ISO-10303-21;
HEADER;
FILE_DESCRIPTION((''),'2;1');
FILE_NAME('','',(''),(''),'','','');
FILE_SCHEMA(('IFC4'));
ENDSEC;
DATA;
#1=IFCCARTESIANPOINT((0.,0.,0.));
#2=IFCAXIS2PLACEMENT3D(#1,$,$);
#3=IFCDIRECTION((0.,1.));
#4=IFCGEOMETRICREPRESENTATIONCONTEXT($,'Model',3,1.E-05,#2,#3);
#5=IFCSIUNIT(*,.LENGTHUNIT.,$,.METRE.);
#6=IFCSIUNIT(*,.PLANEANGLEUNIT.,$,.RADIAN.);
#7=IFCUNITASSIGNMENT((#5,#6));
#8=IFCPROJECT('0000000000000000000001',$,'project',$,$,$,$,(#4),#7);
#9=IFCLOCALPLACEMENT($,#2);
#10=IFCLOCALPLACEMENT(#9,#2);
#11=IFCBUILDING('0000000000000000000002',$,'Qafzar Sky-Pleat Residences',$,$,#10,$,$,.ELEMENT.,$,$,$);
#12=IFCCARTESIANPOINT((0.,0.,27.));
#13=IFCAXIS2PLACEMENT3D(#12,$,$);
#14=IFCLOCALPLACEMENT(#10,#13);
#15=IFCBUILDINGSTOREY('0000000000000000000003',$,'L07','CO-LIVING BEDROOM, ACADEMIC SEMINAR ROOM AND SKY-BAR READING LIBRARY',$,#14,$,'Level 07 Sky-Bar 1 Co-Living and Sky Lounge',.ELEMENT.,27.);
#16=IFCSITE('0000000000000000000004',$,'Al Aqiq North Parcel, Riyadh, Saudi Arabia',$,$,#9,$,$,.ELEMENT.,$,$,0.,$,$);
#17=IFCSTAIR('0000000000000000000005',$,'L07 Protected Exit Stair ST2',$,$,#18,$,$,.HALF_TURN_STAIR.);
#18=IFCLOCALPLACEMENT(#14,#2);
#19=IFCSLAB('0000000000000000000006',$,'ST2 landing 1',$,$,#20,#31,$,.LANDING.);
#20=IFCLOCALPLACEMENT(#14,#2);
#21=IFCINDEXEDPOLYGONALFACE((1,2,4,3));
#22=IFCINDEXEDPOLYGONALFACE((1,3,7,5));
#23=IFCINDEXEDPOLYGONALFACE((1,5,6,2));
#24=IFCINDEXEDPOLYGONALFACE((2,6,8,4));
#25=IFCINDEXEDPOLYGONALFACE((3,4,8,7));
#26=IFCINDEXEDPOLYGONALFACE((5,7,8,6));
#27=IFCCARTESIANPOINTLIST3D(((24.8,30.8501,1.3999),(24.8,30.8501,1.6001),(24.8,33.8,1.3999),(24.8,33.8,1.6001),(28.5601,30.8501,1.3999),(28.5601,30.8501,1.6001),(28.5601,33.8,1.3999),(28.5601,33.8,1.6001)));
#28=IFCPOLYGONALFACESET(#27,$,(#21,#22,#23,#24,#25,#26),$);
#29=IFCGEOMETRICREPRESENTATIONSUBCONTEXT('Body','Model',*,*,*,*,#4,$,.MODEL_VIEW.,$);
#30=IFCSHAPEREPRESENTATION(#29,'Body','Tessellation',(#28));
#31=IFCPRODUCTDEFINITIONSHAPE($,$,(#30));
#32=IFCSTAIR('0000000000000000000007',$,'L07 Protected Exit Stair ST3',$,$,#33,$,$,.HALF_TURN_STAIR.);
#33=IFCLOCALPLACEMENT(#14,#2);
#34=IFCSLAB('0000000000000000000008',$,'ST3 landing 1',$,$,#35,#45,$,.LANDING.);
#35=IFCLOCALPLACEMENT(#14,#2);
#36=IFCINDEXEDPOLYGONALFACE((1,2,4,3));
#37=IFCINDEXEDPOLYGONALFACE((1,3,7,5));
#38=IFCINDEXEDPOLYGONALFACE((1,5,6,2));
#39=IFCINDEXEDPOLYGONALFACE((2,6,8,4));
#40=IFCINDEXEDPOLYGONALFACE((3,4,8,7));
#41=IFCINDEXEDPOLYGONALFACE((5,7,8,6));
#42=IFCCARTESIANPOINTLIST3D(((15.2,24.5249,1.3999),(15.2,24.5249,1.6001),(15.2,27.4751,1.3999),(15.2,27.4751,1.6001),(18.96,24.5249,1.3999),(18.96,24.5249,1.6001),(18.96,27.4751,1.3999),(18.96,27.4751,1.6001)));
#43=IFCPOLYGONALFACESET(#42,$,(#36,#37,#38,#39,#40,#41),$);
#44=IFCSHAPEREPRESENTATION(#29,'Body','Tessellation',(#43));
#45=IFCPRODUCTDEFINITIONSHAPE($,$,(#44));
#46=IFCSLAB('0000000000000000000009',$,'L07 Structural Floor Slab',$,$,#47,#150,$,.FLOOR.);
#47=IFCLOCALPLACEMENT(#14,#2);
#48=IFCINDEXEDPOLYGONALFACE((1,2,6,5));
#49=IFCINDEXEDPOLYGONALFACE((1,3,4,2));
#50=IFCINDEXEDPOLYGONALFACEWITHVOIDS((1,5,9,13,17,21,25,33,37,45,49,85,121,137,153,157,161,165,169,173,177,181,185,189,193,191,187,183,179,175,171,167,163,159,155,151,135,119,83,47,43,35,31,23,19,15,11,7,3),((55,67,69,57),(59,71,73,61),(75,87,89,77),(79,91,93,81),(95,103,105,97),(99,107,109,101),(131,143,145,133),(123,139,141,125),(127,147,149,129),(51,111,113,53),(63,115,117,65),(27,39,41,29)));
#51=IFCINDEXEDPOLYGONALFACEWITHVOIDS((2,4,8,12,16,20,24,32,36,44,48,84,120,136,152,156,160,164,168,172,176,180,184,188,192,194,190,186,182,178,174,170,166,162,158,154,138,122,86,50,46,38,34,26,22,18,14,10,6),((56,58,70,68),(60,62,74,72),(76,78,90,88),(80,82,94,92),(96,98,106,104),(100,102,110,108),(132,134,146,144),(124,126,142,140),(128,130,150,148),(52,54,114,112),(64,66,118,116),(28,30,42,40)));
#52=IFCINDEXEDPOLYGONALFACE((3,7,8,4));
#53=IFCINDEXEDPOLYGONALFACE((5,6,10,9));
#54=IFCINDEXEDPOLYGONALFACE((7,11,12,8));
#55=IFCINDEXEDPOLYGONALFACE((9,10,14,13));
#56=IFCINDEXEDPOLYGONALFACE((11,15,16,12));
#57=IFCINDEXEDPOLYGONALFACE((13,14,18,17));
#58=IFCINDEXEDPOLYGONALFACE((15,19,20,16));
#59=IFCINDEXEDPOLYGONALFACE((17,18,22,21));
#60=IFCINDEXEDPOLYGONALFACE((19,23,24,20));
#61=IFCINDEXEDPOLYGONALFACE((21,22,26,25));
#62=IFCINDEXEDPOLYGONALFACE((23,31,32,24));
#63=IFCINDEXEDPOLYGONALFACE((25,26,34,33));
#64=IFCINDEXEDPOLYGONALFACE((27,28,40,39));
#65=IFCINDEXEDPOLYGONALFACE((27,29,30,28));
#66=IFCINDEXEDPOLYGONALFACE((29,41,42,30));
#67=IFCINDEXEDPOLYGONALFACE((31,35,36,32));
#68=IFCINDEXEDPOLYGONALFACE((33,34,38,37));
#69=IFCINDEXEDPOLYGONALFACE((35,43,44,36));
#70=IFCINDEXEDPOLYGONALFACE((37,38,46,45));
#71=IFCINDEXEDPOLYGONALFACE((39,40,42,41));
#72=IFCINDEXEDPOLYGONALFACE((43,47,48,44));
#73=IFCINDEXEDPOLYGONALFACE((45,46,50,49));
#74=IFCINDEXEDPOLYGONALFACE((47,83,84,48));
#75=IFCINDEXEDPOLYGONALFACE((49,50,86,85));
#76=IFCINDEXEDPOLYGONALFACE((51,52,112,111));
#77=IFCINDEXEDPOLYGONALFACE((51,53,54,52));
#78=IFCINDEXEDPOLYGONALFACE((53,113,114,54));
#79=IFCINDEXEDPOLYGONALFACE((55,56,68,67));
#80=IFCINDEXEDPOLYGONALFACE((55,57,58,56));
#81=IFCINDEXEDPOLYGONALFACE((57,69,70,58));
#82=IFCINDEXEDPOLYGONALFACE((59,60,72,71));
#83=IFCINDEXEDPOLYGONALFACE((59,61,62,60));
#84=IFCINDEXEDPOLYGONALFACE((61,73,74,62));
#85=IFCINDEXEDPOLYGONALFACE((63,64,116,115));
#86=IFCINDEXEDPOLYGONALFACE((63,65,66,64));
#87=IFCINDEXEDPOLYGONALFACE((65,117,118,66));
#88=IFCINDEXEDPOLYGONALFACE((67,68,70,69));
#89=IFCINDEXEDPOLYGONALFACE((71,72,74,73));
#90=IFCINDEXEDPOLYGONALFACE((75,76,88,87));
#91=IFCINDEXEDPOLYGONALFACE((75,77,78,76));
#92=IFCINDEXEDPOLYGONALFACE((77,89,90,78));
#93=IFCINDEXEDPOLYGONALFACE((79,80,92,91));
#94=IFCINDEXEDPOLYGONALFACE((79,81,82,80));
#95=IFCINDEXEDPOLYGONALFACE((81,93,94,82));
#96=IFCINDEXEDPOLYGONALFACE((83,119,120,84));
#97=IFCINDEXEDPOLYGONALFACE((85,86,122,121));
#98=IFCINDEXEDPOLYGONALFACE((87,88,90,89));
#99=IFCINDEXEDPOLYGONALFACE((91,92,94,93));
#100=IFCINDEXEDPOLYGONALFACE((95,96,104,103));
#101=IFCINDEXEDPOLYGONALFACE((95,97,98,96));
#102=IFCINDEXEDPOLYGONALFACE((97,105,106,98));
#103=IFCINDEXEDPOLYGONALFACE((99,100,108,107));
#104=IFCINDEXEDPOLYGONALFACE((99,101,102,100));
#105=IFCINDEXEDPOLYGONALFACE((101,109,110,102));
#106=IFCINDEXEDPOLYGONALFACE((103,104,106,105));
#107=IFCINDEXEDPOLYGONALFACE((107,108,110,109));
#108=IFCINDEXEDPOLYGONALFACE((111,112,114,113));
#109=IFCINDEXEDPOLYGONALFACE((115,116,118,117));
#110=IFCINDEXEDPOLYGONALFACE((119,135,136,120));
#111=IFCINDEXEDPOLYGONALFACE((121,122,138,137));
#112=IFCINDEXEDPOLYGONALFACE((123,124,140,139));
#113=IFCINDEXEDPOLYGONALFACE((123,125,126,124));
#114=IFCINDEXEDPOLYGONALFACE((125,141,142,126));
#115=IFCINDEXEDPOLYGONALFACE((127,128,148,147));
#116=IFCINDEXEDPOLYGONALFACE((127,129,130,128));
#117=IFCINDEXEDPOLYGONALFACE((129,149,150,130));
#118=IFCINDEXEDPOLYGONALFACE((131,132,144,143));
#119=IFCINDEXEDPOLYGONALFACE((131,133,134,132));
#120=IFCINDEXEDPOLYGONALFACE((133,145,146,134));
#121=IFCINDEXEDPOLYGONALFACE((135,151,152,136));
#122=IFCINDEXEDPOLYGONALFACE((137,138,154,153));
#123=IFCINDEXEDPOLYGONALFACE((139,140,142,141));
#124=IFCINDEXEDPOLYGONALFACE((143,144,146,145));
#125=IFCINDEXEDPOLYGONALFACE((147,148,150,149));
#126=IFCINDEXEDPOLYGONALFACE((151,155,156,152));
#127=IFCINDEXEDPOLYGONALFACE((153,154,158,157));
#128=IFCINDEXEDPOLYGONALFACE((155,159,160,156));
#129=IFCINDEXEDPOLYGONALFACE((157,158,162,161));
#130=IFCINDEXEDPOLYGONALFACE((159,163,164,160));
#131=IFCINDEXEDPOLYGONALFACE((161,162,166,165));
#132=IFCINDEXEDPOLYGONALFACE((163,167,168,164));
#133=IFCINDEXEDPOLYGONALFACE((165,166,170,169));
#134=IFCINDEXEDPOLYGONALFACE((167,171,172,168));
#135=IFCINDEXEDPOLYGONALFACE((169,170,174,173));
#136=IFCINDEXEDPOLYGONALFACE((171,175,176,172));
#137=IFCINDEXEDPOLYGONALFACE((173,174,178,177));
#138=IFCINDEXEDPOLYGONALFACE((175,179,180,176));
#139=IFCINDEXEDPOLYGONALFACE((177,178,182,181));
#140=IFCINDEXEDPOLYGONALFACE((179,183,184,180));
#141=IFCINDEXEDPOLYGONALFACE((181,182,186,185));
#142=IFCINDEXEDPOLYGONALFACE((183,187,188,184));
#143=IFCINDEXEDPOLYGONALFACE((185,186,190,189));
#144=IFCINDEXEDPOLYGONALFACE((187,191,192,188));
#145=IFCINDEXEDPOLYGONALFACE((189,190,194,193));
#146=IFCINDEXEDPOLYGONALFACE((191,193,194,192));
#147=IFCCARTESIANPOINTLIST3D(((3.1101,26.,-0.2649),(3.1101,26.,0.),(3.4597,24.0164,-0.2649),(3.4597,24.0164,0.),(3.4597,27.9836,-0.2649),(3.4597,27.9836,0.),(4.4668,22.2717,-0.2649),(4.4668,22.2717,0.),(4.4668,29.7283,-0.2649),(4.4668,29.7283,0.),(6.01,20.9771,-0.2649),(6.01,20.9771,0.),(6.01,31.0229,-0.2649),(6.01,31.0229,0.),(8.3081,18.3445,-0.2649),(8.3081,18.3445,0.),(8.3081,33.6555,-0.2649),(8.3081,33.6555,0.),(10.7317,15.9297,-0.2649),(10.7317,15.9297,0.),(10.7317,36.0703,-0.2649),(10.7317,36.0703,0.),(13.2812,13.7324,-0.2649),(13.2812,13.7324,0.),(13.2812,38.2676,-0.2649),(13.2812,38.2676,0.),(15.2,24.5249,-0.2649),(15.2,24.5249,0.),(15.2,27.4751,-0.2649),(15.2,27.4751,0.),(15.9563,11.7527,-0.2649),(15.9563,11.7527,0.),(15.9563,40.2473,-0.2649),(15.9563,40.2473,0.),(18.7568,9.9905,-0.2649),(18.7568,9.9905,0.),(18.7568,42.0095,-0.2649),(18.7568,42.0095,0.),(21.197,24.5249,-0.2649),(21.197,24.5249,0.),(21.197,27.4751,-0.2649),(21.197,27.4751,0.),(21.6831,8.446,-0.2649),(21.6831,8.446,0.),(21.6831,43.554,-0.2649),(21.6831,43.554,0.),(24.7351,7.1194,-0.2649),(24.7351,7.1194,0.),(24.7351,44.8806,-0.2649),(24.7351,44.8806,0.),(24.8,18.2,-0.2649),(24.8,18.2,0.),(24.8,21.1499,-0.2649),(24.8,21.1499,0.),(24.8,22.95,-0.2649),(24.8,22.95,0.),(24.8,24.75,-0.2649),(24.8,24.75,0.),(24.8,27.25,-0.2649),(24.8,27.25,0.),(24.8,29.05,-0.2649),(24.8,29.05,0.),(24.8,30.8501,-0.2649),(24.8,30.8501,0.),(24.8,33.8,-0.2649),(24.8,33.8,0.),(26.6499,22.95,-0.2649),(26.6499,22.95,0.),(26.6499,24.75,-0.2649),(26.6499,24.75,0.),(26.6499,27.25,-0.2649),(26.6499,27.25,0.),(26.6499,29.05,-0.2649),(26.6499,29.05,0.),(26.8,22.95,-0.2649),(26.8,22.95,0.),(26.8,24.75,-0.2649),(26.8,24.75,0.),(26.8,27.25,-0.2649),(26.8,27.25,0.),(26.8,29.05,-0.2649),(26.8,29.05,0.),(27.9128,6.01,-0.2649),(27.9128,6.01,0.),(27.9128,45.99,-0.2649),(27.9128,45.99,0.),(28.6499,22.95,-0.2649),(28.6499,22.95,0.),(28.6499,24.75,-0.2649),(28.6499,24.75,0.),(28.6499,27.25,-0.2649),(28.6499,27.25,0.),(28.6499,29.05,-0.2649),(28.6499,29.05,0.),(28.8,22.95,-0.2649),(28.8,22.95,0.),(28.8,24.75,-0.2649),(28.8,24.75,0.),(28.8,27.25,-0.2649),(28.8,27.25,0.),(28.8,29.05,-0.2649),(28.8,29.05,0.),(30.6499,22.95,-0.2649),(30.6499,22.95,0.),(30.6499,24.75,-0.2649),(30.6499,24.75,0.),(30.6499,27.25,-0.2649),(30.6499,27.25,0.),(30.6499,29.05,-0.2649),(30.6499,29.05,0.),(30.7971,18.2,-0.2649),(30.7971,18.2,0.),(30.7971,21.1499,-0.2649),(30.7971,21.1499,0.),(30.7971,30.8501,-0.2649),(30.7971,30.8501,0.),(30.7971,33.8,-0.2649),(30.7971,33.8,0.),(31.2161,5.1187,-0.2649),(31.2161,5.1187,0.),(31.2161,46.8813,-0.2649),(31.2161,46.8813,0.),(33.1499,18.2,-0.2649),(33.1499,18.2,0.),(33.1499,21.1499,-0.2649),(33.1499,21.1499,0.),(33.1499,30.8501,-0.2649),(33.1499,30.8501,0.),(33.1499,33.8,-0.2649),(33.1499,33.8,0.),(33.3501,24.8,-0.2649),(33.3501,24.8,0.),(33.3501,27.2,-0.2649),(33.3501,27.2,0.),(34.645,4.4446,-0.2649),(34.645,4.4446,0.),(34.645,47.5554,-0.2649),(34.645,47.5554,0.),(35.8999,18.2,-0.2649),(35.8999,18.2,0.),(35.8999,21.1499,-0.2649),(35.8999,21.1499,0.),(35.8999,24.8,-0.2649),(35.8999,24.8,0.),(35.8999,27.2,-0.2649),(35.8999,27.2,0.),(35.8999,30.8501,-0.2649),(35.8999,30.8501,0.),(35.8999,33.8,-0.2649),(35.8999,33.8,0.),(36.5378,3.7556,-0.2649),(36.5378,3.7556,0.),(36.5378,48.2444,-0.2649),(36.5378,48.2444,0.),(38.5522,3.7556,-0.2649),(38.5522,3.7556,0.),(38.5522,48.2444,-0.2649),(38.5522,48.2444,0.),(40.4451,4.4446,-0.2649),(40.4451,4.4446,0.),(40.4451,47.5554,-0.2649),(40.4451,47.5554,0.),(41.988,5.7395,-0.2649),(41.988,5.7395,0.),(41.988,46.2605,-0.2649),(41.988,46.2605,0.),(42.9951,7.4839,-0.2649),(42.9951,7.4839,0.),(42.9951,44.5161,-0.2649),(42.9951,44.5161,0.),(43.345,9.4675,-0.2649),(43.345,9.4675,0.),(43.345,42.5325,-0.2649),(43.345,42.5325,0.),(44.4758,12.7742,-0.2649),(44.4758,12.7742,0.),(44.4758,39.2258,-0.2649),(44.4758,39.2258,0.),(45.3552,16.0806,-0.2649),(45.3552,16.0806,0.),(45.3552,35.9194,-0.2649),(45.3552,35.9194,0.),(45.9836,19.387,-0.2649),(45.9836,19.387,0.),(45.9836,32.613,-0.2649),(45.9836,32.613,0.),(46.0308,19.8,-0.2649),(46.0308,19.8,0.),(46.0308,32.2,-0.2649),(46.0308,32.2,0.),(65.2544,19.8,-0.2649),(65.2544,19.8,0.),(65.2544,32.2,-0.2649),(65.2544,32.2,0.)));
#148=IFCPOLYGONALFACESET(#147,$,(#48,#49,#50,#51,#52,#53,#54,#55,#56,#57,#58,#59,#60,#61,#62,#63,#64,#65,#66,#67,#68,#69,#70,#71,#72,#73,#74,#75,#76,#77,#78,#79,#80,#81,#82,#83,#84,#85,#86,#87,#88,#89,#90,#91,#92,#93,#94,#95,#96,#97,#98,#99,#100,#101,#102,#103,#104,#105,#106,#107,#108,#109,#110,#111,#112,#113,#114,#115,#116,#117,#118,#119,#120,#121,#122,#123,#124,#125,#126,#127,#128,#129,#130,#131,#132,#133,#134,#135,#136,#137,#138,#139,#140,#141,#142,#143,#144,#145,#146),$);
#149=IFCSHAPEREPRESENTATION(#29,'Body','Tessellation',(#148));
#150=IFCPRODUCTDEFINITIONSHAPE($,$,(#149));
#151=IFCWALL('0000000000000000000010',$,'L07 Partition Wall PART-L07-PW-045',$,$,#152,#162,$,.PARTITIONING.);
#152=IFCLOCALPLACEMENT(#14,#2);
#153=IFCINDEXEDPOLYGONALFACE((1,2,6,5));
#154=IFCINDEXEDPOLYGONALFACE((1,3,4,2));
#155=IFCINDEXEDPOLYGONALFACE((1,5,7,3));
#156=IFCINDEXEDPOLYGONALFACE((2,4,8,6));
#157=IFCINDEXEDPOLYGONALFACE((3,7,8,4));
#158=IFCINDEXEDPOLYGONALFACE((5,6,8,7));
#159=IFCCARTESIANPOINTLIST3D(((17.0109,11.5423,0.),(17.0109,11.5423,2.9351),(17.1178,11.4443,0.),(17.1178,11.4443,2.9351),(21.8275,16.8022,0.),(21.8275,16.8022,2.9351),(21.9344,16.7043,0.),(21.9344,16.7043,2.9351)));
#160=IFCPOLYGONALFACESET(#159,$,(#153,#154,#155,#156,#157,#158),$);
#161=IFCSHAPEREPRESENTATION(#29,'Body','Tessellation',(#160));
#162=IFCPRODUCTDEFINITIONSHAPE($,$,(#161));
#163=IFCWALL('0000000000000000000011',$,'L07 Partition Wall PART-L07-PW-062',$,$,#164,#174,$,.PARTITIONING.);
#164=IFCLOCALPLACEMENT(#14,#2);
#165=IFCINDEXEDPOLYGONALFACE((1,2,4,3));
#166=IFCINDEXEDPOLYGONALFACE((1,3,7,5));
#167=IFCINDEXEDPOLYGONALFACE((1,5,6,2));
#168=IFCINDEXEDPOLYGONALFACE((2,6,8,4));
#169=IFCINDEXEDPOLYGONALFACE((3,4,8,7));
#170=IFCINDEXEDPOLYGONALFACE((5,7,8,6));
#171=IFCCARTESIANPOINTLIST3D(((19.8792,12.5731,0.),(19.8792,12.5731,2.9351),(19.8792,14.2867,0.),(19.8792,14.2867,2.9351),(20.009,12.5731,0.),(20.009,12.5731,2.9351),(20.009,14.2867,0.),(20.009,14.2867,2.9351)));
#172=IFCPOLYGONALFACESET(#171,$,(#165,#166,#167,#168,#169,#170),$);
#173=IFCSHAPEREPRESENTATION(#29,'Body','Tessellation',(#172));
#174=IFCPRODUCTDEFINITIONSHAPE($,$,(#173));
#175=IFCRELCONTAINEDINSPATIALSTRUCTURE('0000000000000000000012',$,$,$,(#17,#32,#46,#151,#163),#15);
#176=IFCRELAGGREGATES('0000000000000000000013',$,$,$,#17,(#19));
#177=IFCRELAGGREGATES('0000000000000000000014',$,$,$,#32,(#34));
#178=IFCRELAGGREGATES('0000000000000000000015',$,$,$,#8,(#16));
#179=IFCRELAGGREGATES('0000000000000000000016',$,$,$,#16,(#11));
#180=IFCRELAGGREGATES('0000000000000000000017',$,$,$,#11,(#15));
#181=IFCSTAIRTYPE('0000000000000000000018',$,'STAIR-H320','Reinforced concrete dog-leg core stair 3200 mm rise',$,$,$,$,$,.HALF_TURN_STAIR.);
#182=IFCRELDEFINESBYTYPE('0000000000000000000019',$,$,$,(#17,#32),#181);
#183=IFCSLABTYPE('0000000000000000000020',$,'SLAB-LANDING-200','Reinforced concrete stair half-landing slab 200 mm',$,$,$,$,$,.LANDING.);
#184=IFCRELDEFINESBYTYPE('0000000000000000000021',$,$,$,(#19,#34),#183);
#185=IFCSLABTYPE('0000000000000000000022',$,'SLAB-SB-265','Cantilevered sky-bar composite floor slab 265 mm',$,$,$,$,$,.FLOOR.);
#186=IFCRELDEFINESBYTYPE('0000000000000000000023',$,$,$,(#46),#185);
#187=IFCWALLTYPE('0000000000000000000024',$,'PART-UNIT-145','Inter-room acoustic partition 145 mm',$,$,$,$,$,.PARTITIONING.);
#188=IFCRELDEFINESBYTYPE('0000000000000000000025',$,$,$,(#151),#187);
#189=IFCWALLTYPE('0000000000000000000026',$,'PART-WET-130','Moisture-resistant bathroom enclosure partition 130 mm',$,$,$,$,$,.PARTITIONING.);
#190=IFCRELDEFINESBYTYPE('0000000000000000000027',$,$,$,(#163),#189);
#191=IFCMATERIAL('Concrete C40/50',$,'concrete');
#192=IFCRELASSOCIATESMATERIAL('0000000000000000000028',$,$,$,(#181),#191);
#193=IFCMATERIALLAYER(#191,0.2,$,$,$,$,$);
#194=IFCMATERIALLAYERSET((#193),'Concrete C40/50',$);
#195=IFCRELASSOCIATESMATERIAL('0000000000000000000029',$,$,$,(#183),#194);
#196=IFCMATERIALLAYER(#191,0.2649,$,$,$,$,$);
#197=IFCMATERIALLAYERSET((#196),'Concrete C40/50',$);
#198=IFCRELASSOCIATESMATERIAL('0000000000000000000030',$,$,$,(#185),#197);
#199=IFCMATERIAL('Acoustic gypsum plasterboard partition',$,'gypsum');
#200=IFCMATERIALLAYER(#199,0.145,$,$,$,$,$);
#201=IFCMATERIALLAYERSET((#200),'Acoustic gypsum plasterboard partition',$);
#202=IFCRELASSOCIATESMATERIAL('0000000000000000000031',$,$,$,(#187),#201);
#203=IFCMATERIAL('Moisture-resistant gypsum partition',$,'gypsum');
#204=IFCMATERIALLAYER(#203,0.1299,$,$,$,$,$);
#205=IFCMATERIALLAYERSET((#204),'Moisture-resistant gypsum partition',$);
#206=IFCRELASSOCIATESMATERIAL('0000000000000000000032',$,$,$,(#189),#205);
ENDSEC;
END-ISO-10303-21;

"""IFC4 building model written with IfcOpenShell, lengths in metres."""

from ifc_helpers import new_model, si_unit, direction, frame, frame_2d, origin, place, context, subcontext, project, spatial, polyline, rectangle, outline, extrude, material, layer, layer_set, type_object, element, aggregate, save


model = new_model("IFC4")

# Units and contexts
model_context = context("Model", 3, precision=1e-05, world=origin(), true_north=direction((0.0, 1.0)))
body_context = subcontext(model_context, "Body", "Model", "MODEL_VIEW")
ifc_project = project(units=[si_unit("LENGTHUNIT", "METRE"), si_unit("PLANEANGLEUNIT", "RADIAN")], contexts=[model_context])

# Site, building, storey
site_placement = place(None, origin())
site = spatial("IfcSite", under=ifc_project, at=site_placement, Name="Al Aqiq North Parcel, Riyadh, Saudi Arabia", CompositionType="ELEMENT", RefElevation=0.0)
building_placement = place(site_placement, origin())
building = spatial("IfcBuilding", under=site, at=building_placement, Name="Qafzar Sky-Pleat Residences", CompositionType="ELEMENT")
storey_placement = place(building_placement, frame((0.0, 0.0, 27.0)))
storey = spatial("IfcBuildingStorey", under=building, at=storey_placement, Name="L07", Description="CO-LIVING BEDROOM, ACADEMIC SEMINAR ROOM AND SKY-BAR READING LIBRARY", LongName="Level 07 Sky-Bar 1 Co-Living and Sky Lounge", CompositionType="ELEMENT", Elevation=27.0)

# Shared definitions
ifc_material_1 = material(Name="Concrete C40/50", Category="concrete")

# Stairs, slabs
stair_type = type_object("IfcStairType", Name="STAIR-H320", Description="Reinforced concrete dog-leg core stair 3200 mm rise", PredefinedType="HALF_TURN_STAIR", material=ifc_material_1)
ifc_layer_1 = layer(ifc_material_1, 0.2)
ifc_layer_set_1 = layer_set([ifc_layer_1], Name="Concrete C40/50")
slab_type_1 = type_object("IfcSlabType", Name="SLAB-LANDING-200", Description="Reinforced concrete stair half-landing slab 200 mm", PredefinedType="LANDING", material=ifc_layer_set_1)
stair_1_placement = place(storey_placement, origin())
stair_1 = element("IfcStair", 1, at=stair_1_placement, inside=storey, type_object=stair_type, Name="L07 Protected Exit Stair ST2", PredefinedType="HALF_TURN_STAIR")
slab_1_placement = place(storey_placement, frame((0.0, 0.0, 1.3999)))
slab_1 = element("IfcSlab", 2, at=slab_1_placement, type_object=slab_type_1, Name="ST2 landing 1", PredefinedType="LANDING", context=body_context, shape_type="SweptSolid", body=[
    extrude(outline(polyline([(28.5601, 33.8), (24.8, 33.8), (24.8, 30.8501), (28.5601, 30.8501), (28.5601, 33.8)])), origin(), (0.0, 0.0, 1.0), 0.2002),
])
aggregate(stair_1, [slab_1])
stair_2_placement = place(storey_placement, origin())
stair_2 = element("IfcStair", 3, at=stair_2_placement, inside=storey, type_object=stair_type, Name="L07 Protected Exit Stair ST3", PredefinedType="HALF_TURN_STAIR")
slab_2_placement = place(storey_placement, frame((0.0, 0.0, 1.3999)))
slab_2 = element("IfcSlab", 4, at=slab_2_placement, type_object=slab_type_1, Name="ST3 landing 1", PredefinedType="LANDING", context=body_context, shape_type="SweptSolid", body=[
    extrude(outline(polyline([(18.96, 27.4751), (15.2, 27.4751), (15.2, 24.5249), (18.96, 24.5249), (18.96, 27.4751)])), origin(), (0.0, 0.0, 1.0), 0.2002),
])
aggregate(stair_2, [slab_2])

# Slab
ifc_layer_2 = layer(ifc_material_1, 0.2649)
ifc_layer_set_2 = layer_set([ifc_layer_2], Name="Concrete C40/50")
slab_type_2 = type_object("IfcSlabType", Name="SLAB-SB-265", Description="Cantilevered sky-bar composite floor slab 265 mm", PredefinedType="FLOOR", material=ifc_layer_set_2)
slab_3_placement = place(storey_placement, frame((0.0, 0.0, -0.2649)))
element("IfcSlab", 5, at=slab_3_placement, inside=storey, type_object=slab_type_2, Name="L07 Structural Floor Slab", PredefinedType="FLOOR", context=body_context, shape_type="SweptSolid", body=[
    extrude(outline(polyline([(45.9836, 19.387), (45.3552, 16.0806), (44.4758, 12.7742), (43.345, 9.4675), (42.9951, 7.4839), (41.988, 5.7395), (40.4451, 4.4446), (38.5522, 3.7556), (36.5378, 3.7556), (34.645, 4.4446), (31.2161, 5.1187), (27.9128, 6.01), (24.7351, 7.1194), (21.6831, 8.446), (18.7568, 9.9905), (15.9563, 11.7527), (13.2812, 13.7324), (10.7317, 15.9297), (8.3081, 18.3445), (6.01, 20.9771), (4.4668, 22.2717), (3.4597, 24.0164), (3.1101, 26.0), (3.4597, 27.9836), (4.4668, 29.7283), (6.01, 31.0229), (8.3081, 33.6555), (10.7317, 36.0703), (13.2812, 38.2676), (15.9563, 40.2473), (18.7568, 42.0095), (21.6831, 43.554), (24.7351, 44.8806), (27.9128, 45.99), (31.2161, 46.8813), (34.645, 47.5554), (36.5378, 48.2444), (38.5522, 48.2444), (40.4451, 47.5554), (41.988, 46.2605), (42.9951, 44.5161), (43.345, 42.5325), (44.4758, 39.2258), (45.3552, 35.9194), (45.9836, 32.613), (46.0308, 32.2), (65.2544, 32.2), (65.2544, 19.8), (46.0308, 19.8), (45.9836, 19.387)]), holes=[polyline([(30.7971, 21.1499), (24.8, 21.1499), (24.8, 18.2), (30.7971, 18.2), (30.7971, 21.1499)]), polyline([(30.7971, 33.8), (24.8, 33.8), (24.8, 30.8501), (30.7971, 30.8501), (30.7971, 33.8)]), polyline([(21.197, 27.4751), (15.2, 27.4751), (15.2, 24.5249), (21.197, 24.5249), (21.197, 27.4751)]), polyline([(24.8, 22.95), (26.6499, 22.95), (26.6499, 24.75), (24.8, 24.75), (24.8, 22.95)]), polyline([(26.8, 22.95), (28.6499, 22.95), (28.6499, 24.75), (26.8, 24.75), (26.8, 22.95)]), polyline([(28.8, 22.95), (30.6499, 22.95), (30.6499, 24.75), (28.8, 24.75), (28.8, 22.95)]), polyline([(24.8, 27.25), (26.6499, 27.25), (26.6499, 29.05), (24.8, 29.05), (24.8, 27.25)]), polyline([(26.8, 27.25), (28.6499, 27.25), (28.6499, 29.05), (26.8, 29.05), (26.8, 27.25)]), polyline([(28.8, 27.25), (30.6499, 27.25), (30.6499, 29.05), (28.8, 29.05), (28.8, 27.25)]), polyline([(33.1499, 18.2), (35.8999, 18.2), (35.8999, 21.1499), (33.1499, 21.1499), (33.1499, 18.2)]), polyline([(33.1499, 30.8501), (35.8999, 30.8501), (35.8999, 33.8), (33.1499, 33.8), (33.1499, 30.8501)]), polyline([(33.3501, 24.8), (35.8999, 24.8), (35.8999, 27.2), (33.3501, 27.2), (33.3501, 24.8)])]), origin(), (0.0, 0.0, 1.0), 0.2649),
])

# Walls
ifc_material_2 = material(Name="Acoustic gypsum plasterboard partition", Category="gypsum")
ifc_layer_3 = layer(ifc_material_2, 0.145)
ifc_layer_set_3 = layer_set([ifc_layer_3], Name="Acoustic gypsum plasterboard partition")
wall_type_1 = type_object("IfcWallType", Name="PART-UNIT-145", Description="Inter-room acoustic partition 145 mm", PredefinedType="PARTITIONING", material=ifc_layer_set_3)
wall_1_placement = place(storey_placement, frame((17.0645, 11.4934, 0.0), z_axis=(0.0, 0.0, 1.0), x_axis=(0.675342, 0.737505, 0.0)))
element("IfcWall", 6, at=wall_1_placement, inside=storey, type_object=wall_type_1, Name="L07 Partition Wall PART-L07-PW-045", PredefinedType="PARTITIONING", context=body_context, shape_type="SweptSolid", body=[
    extrude(rectangle(XDim=7.1321, YDim=0.145, at=frame_2d((3.5659, 0.0))), origin(), (0.0, 0.0, 1.0), 2.9351),
])
ifc_material_3 = material(Name="Moisture-resistant gypsum partition", Category="gypsum")
ifc_layer_4 = layer(ifc_material_3, 0.1299)
ifc_layer_set_4 = layer_set([ifc_layer_4], Name="Moisture-resistant gypsum partition")
wall_type_2 = type_object("IfcWallType", Name="PART-WET-130", Description="Moisture-resistant bathroom enclosure partition 130 mm", PredefinedType="PARTITIONING", material=ifc_layer_set_4)
wall_2_placement = place(storey_placement, frame((19.9441, 12.573, 0.0), z_axis=(0.0, 0.0, 1.0), x_axis=(0.0, 1.0, 0.0)))
element("IfcWall", 7, at=wall_2_placement, inside=storey, type_object=wall_type_2, Name="L07 Partition Wall PART-L07-PW-062", PredefinedType="PARTITIONING", context=body_context, shape_type="SweptSolid", body=[
    extrude(rectangle(XDim=1.7136, YDim=0.1299, at=frame_2d((0.8569, 0.0))), origin(), (0.0, 0.0, 1.0), 2.9351),
])

save(model, "model.ifc")
